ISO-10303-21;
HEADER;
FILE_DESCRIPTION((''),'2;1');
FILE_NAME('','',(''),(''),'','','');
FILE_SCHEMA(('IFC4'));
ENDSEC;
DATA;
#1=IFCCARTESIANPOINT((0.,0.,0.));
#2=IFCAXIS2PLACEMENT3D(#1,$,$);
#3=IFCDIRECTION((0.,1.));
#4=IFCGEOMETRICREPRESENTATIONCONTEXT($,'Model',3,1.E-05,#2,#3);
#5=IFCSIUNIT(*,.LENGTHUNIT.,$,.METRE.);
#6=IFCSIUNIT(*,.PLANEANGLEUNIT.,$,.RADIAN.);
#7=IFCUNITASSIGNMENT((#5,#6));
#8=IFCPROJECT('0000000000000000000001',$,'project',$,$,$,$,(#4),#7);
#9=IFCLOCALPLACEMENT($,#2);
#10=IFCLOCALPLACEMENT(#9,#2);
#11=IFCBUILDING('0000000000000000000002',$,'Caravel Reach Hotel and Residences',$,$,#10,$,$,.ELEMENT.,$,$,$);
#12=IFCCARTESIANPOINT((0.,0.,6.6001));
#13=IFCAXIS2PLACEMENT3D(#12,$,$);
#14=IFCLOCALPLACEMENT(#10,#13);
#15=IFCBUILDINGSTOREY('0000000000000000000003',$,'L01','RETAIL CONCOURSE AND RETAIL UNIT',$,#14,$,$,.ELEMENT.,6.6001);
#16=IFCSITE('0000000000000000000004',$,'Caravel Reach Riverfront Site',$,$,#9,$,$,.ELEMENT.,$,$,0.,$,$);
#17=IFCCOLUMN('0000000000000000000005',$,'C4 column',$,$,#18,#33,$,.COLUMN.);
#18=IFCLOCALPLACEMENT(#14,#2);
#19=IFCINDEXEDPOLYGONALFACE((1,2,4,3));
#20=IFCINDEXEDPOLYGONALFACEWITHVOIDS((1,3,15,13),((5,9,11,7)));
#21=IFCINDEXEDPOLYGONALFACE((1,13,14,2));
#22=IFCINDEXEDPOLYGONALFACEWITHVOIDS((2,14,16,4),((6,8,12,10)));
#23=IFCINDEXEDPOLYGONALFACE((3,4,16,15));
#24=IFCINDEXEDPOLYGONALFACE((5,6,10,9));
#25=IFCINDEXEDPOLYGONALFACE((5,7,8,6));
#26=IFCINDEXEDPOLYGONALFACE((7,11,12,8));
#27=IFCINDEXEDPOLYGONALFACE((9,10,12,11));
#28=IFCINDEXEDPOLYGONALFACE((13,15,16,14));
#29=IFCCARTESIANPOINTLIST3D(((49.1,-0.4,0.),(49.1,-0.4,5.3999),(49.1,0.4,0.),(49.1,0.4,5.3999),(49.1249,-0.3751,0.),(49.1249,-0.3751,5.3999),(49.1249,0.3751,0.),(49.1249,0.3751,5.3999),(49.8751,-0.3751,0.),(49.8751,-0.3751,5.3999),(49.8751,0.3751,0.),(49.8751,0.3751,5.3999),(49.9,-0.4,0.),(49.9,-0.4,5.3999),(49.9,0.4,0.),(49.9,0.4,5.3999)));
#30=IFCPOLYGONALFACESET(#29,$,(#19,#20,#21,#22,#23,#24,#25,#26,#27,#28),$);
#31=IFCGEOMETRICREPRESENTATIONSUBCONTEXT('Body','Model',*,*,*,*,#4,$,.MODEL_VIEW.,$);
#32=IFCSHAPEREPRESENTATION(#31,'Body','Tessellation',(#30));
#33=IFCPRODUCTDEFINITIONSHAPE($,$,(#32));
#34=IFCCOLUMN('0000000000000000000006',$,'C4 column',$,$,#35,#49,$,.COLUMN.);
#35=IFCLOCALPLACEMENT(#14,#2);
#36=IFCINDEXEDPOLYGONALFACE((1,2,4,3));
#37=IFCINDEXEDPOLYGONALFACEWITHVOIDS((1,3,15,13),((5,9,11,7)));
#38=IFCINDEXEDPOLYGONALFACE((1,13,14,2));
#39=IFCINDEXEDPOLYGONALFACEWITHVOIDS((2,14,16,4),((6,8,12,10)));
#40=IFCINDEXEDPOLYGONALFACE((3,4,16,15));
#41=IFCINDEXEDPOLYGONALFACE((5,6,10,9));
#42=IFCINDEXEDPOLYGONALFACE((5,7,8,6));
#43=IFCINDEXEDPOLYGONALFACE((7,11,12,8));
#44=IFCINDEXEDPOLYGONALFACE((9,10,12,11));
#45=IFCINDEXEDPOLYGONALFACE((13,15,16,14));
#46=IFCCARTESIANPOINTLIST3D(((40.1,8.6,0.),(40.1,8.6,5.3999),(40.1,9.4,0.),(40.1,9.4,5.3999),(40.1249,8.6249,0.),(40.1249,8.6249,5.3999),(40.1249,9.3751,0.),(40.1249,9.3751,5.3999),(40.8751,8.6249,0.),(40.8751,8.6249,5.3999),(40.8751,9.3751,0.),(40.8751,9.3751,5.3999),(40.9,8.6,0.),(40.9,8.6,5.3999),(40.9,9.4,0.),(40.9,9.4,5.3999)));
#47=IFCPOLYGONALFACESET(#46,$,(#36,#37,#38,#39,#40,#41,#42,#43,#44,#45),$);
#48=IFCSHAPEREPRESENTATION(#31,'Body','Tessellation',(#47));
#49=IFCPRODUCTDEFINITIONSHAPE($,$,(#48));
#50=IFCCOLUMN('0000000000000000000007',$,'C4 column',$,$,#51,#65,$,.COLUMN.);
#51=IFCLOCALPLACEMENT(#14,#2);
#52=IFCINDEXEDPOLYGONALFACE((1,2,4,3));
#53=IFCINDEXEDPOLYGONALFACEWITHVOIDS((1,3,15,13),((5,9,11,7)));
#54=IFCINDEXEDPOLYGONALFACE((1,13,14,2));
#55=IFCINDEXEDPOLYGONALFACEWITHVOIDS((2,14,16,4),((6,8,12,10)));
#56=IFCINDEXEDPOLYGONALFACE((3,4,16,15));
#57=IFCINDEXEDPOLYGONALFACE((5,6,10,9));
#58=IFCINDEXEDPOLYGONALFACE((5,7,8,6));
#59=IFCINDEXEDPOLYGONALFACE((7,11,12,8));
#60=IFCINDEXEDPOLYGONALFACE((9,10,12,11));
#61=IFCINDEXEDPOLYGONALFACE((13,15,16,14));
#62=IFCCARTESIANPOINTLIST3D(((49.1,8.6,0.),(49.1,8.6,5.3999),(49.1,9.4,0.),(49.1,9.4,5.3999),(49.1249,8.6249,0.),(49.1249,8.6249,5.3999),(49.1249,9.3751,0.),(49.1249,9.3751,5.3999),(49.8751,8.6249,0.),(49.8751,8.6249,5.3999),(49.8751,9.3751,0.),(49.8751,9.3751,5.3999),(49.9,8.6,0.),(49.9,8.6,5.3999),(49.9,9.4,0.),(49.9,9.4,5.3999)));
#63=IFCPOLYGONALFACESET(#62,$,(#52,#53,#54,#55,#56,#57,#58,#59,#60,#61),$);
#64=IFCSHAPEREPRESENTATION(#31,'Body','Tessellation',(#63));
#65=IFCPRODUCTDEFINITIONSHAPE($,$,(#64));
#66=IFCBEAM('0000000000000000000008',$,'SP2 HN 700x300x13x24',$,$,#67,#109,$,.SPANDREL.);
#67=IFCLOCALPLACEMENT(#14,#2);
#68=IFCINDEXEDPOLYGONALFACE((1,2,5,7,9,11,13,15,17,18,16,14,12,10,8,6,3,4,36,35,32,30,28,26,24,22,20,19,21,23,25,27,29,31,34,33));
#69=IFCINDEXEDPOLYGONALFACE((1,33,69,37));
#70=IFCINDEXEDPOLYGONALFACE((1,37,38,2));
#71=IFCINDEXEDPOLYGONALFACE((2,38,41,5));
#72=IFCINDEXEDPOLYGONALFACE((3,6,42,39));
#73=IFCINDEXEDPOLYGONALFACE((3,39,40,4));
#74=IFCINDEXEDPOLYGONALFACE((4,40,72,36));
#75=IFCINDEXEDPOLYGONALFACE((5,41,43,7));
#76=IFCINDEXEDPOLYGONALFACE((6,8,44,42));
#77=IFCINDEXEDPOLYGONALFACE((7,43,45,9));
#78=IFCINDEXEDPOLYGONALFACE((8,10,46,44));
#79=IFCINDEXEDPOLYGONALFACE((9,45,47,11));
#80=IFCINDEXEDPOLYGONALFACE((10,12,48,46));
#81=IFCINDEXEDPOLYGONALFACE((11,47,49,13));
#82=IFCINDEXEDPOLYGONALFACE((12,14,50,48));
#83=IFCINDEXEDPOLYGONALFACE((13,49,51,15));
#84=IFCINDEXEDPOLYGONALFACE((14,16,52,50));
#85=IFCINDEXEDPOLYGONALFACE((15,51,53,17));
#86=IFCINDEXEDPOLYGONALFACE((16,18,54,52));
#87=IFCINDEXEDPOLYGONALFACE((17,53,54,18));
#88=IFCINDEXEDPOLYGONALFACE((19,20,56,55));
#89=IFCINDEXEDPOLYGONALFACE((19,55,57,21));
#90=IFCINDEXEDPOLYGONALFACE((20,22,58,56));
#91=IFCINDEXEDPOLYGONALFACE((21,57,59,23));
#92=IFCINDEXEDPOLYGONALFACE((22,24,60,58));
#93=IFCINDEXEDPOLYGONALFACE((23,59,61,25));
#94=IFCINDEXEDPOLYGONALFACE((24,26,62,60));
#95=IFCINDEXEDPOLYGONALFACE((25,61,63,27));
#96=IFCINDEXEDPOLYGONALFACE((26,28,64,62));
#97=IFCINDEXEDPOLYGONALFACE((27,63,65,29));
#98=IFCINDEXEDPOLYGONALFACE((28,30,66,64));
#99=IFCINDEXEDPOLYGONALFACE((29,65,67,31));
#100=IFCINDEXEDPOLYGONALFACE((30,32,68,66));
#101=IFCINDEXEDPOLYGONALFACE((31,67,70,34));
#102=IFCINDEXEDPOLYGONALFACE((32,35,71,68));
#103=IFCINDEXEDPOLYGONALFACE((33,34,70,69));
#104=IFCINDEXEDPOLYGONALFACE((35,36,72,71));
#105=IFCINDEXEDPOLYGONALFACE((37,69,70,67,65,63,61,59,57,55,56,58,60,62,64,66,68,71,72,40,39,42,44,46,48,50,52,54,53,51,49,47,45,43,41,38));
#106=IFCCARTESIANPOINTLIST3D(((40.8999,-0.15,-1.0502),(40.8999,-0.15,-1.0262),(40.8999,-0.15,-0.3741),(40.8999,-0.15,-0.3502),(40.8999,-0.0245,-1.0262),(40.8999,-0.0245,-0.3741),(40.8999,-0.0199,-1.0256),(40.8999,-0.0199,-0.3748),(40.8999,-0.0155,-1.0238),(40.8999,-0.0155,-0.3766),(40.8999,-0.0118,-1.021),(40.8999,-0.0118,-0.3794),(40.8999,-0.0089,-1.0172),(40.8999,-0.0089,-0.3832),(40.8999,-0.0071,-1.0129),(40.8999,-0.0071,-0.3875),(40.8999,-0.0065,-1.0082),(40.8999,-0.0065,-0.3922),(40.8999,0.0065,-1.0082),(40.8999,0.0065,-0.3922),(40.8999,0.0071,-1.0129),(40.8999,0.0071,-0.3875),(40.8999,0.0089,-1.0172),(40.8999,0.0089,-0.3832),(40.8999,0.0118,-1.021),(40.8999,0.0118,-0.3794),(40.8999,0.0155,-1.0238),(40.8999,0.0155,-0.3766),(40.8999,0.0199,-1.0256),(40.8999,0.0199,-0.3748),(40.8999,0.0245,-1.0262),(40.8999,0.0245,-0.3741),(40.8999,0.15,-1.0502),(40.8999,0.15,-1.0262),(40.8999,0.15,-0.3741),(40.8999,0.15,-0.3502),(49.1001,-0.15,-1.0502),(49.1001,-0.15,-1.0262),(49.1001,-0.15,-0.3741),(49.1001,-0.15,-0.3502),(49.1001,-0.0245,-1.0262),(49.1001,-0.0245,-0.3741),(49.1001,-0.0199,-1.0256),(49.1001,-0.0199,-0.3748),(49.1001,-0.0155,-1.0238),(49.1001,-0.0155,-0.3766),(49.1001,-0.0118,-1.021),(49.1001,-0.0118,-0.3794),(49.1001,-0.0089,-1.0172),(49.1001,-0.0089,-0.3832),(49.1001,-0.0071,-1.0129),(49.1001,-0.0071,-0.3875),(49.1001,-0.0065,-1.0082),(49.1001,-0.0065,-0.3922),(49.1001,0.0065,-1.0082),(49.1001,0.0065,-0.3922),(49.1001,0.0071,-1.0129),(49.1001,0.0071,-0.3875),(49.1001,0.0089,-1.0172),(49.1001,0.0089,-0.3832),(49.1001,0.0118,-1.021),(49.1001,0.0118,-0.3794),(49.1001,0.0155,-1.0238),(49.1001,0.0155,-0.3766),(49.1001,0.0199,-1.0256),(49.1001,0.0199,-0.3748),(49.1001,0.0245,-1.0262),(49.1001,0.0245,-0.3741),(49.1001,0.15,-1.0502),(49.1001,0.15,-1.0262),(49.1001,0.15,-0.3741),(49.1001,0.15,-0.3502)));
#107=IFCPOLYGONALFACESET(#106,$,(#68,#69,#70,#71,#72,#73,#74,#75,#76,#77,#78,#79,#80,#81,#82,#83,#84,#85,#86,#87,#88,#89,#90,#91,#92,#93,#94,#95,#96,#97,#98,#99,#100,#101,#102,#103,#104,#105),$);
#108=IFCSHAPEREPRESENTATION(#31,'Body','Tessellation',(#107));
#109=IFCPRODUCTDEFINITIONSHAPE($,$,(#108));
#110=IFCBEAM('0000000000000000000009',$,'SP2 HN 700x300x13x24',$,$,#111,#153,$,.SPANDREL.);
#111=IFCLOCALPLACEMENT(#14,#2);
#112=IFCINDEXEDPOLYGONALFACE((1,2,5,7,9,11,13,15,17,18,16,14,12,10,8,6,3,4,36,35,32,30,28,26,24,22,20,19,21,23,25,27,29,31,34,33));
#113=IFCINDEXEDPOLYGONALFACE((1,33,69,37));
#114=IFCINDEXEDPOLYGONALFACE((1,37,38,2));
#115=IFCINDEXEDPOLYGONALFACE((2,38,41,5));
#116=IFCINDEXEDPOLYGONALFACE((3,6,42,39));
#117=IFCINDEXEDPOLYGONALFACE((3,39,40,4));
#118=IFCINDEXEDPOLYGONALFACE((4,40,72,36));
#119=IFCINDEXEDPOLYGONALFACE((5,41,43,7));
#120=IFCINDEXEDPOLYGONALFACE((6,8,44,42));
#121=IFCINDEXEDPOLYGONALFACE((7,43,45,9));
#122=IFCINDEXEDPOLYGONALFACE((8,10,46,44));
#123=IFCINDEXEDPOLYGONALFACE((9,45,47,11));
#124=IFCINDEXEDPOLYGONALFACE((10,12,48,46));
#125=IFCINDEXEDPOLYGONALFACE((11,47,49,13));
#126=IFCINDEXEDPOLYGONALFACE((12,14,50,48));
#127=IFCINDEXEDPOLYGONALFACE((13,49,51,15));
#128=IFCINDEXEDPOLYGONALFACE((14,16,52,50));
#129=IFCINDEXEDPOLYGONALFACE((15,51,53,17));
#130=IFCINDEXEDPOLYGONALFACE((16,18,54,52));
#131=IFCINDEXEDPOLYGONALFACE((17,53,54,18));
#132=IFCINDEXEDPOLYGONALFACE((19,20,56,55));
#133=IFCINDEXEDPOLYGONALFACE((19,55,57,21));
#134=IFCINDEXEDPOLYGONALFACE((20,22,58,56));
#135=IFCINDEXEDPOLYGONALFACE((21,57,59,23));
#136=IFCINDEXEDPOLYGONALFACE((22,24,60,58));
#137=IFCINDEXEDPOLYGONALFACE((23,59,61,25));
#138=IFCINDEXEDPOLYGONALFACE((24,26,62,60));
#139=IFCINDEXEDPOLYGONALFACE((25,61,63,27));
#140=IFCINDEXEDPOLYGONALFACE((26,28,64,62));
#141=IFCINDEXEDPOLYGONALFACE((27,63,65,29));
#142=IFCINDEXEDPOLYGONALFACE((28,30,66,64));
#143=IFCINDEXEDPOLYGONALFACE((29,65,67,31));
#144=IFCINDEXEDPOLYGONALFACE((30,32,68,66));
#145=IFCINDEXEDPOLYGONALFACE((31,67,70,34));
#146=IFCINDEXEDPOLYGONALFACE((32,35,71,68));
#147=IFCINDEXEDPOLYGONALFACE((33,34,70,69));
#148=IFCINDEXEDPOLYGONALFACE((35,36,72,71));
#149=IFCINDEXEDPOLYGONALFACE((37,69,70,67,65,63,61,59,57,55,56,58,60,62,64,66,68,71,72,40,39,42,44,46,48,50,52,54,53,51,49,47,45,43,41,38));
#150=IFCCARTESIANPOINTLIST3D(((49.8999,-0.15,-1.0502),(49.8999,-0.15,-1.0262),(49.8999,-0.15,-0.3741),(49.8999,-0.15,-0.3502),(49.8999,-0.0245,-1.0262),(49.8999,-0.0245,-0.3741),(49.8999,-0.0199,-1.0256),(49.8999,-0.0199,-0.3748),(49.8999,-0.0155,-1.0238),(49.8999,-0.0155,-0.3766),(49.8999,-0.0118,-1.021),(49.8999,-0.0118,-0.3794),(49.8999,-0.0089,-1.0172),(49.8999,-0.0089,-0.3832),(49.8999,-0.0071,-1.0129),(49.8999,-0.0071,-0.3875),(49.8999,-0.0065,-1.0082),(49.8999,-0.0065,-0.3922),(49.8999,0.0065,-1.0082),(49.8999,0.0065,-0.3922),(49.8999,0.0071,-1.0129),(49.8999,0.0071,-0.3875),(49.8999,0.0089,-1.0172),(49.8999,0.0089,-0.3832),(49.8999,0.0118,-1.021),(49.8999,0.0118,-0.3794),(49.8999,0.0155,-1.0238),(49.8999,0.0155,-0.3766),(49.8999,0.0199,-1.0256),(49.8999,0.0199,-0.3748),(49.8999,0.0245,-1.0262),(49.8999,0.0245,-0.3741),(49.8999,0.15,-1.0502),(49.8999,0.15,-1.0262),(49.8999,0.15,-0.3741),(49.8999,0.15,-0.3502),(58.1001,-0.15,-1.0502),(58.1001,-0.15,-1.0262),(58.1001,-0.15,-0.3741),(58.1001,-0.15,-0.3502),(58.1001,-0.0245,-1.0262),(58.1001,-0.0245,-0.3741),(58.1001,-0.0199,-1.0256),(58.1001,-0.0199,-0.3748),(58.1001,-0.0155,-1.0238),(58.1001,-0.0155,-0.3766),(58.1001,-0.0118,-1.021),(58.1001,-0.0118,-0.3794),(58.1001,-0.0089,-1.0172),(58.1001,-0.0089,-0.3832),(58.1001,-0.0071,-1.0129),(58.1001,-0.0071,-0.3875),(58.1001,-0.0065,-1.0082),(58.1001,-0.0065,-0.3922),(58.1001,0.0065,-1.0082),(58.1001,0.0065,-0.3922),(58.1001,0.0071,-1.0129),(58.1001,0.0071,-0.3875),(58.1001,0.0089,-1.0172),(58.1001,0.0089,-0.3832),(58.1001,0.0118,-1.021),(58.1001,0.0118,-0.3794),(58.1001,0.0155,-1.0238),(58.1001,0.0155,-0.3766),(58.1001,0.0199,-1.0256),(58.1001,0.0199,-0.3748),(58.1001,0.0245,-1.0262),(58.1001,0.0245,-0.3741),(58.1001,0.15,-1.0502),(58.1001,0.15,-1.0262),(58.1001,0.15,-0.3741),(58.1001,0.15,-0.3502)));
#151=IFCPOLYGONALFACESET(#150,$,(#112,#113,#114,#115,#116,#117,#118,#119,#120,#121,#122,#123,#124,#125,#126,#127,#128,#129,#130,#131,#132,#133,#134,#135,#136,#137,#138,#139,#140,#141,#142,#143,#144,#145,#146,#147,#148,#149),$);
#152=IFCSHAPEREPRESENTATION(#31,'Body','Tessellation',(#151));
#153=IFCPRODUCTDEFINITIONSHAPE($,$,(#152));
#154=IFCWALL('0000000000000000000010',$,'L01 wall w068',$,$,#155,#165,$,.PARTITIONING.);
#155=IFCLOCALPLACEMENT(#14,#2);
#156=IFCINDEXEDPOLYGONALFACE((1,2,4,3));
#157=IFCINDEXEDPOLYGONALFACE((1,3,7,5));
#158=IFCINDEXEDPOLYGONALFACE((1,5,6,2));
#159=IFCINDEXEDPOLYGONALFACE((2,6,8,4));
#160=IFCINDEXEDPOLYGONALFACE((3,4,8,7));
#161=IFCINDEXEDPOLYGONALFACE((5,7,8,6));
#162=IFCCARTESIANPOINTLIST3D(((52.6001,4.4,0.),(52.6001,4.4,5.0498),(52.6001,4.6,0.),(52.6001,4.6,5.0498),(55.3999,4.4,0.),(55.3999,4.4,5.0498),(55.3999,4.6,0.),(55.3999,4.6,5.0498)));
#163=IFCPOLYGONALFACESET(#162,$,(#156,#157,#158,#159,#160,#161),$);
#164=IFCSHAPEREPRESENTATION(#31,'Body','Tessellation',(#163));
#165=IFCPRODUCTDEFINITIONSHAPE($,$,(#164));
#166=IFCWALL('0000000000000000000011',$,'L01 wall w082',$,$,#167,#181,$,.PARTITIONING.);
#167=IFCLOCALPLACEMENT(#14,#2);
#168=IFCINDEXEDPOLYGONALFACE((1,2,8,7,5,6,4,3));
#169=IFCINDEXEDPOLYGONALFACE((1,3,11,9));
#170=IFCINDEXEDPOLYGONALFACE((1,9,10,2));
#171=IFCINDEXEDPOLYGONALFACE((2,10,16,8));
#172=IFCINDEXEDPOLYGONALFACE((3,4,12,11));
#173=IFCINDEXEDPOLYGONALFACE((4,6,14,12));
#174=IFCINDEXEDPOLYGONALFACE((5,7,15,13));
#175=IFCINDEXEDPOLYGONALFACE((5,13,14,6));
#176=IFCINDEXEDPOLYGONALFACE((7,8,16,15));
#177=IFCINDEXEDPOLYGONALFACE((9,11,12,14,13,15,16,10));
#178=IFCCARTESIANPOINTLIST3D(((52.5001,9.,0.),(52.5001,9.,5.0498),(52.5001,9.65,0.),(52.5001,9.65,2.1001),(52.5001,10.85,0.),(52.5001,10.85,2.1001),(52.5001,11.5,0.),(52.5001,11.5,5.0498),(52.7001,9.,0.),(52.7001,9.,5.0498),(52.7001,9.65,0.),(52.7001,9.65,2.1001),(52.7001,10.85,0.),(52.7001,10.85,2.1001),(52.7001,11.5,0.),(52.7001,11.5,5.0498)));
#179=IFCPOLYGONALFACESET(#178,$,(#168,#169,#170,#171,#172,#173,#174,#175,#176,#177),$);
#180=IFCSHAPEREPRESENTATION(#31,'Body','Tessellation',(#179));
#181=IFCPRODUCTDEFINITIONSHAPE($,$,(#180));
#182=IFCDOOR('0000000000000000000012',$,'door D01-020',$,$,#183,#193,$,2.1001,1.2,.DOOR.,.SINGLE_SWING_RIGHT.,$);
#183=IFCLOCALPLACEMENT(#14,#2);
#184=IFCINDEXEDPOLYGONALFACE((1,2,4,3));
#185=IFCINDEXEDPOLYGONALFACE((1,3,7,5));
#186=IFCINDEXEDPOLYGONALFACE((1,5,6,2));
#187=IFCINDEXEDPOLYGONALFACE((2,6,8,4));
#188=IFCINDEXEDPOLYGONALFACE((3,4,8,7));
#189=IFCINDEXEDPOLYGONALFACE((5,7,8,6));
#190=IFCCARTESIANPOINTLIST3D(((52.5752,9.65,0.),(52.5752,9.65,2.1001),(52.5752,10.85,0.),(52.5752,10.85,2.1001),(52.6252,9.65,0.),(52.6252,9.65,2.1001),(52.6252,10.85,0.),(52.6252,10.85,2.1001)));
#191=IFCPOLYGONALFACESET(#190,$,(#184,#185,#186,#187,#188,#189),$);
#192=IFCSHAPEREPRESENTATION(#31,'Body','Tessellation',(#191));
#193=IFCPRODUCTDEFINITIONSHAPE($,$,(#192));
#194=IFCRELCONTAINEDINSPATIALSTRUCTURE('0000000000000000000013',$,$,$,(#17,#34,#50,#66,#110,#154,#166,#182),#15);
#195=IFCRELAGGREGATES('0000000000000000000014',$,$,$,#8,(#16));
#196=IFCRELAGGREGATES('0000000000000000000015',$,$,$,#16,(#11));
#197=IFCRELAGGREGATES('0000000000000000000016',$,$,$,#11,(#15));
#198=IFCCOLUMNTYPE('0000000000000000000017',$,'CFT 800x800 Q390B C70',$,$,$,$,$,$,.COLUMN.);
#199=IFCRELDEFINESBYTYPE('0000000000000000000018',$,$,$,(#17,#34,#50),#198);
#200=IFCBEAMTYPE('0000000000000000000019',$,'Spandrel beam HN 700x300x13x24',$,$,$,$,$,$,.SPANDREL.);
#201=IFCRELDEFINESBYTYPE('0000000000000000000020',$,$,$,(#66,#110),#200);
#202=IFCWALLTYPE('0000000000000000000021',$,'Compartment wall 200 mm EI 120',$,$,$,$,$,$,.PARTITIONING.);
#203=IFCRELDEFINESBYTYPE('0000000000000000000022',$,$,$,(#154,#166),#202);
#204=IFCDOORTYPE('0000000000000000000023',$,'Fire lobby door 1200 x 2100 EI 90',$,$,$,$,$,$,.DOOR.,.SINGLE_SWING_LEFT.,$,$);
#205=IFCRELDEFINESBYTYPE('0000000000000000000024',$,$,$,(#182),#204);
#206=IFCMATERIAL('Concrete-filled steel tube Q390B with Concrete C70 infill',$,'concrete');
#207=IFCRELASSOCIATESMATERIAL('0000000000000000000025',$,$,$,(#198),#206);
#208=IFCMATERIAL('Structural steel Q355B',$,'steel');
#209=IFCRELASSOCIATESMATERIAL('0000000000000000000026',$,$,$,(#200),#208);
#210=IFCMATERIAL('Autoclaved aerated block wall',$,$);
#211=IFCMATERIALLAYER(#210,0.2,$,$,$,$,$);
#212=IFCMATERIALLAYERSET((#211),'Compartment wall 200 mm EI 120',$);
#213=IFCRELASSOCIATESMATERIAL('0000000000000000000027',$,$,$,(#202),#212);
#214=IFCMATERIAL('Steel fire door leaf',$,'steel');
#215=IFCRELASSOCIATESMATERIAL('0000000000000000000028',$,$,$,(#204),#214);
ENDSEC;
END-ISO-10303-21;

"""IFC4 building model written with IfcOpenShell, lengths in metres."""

from ifc_helpers import new_model, si_unit, direction, frame, frame_2d, origin, origin_2d, place, context, subcontext, project, spatial, rectangle, hollow_rectangle, i_section, extrude, material, layer, layer_set, material_profile, profile_set, type_object, element, fill, save


model = new_model("IFC4")

# Units and contexts
model_context = context("Model", 3, precision=1e-05, world=origin(), true_north=direction((0.0, 1.0)))
body_context = subcontext(model_context, "Body", "Model", "MODEL_VIEW")
ifc_project = project(units=[si_unit("LENGTHUNIT", "METRE"), si_unit("PLANEANGLEUNIT", "RADIAN")], contexts=[model_context])

# Site, building, storey
site_placement = place(None, origin())
site = spatial("IfcSite", under=ifc_project, at=site_placement, Name="Caravel Reach Riverfront Site", CompositionType="ELEMENT", RefElevation=0.0)
building_placement = place(site_placement, origin())
building = spatial("IfcBuilding", under=site, at=building_placement, Name="Caravel Reach Hotel and Residences", CompositionType="ELEMENT")
storey_placement = place(building_placement, frame((0.0, 0.0, 6.6001)))
storey = spatial("IfcBuildingStorey", under=building, at=storey_placement, Name="L01", Description="RETAIL CONCOURSE AND RETAIL UNIT", CompositionType="ELEMENT", Elevation=6.6001)

# Columns
ifc_material_1 = material(Name="Concrete-filled steel tube Q390B with Concrete C70 infill", Category="concrete")
ifc_material_profile_1 = material_profile(ifc_material_1, hollow_rectangle(XDim=0.8, YDim=0.8, WallThickness=0.0249, at=origin_2d()), Name="RHS 800x800x25")
ifc_profile_set_1 = profile_set([ifc_material_profile_1], Name="Concrete-filled steel tube Q390B with Concrete C70 infill")
column_type = type_object("IfcColumnType", Name="CFT 800x800 Q390B C70", PredefinedType="COLUMN", material=ifc_profile_set_1)
for number, where, z_axis, x_axis, name in (
    (1, (49.5, 0.0, 0.0), (0.0, 0.0, 1.0), (1.0, 0.0, 0.0), "C4 column"),
    (2, (40.5, 9.0, 0.0), (0.0, 0.0, 1.0), (1.0, 0.0, 0.0), "C4 column"),
    (3, (49.5, 9.0, 0.0), (0.0, 0.0, 1.0), (1.0, 0.0, 0.0), "C4 column"),
):
    element("IfcColumn", number, at=place(storey_placement, frame(where, z_axis=z_axis, x_axis=x_axis)), inside=storey, type_object=column_type, Name=name, PredefinedType="COLUMN", context=body_context, shape_type="SweptSolid", body=[
        extrude(hollow_rectangle(XDim=0.8, YDim=0.8, WallThickness=0.0249, at=origin_2d()), origin(), (0.0, 0.0, 1.0), 5.3999),
    ])

# Beams
ifc_material_2 = material(Name="Structural steel Q355B", Category="steel")
ifc_material_profile_2 = material_profile(ifc_material_2, i_section(OverallWidth=0.3, OverallDepth=0.7, WebThickness=0.0129, FlangeThickness=0.0239, FilletRadius=0.0181, at=origin_2d()), Name="HN 700x300x13x24")
ifc_profile_set_2 = profile_set([ifc_material_profile_2], Name="Structural steel Q355B")
beam_type = type_object("IfcBeamType", Name="Spandrel beam HN 700x300x13x24", PredefinedType="SPANDREL", material=ifc_profile_set_2)
for number, where, z_axis, x_axis, name in (
    (4, (40.8999, 0.0, -0.7002), (1.0, 0.0, 0.0), (0.0, 1.0, 0.0), "SP2 HN 700x300x13x24"),
    (5, (49.8999, 0.0, -0.7002), (1.0, 0.0, 0.0), (0.0, 1.0, 0.0), "SP2 HN 700x300x13x24"),
):
    element("IfcBeam", number, at=place(storey_placement, frame(where, z_axis=z_axis, x_axis=x_axis)), inside=storey, type_object=beam_type, Name=name, PredefinedType="SPANDREL", context=body_context, shape_type="SweptSolid", body=[
        extrude(i_section(OverallWidth=0.3, OverallDepth=0.7, WebThickness=0.0129, FlangeThickness=0.0239, FilletRadius=0.0181, at=origin_2d()), origin(), (0.0, 0.0, 1.0), 8.2002),
    ])

# Wall
ifc_material_3 = material(Name="Autoclaved aerated block wall")
ifc_layer_1 = layer(ifc_material_3, 0.2)
ifc_layer_set_1 = layer_set([ifc_layer_1], Name="Compartment wall 200 mm EI 120")
wall_type_1 = type_object("IfcWallType", Name="Compartment wall 200 mm EI 120", PredefinedType="PARTITIONING", material=ifc_layer_set_1)
wall_1_placement = place(storey_placement, frame((52.6001, 4.5, 0.0), z_axis=(0.0, 0.0, 1.0), x_axis=(1.0, 0.0, 0.0)))
element("IfcWall", 6, at=wall_1_placement, inside=storey, type_object=wall_type_1, Name="L01 wall w068", PredefinedType="PARTITIONING", context=body_context, shape_type="SweptSolid", body=[
    extrude(rectangle(XDim=2.7998, YDim=0.2, at=frame_2d((1.3999, 0.0))), origin(), (0.0, 0.0, 1.0), 5.0498),
])

# Wall, opening, door
wall_2_placement = place(storey_placement, frame((52.6001, 9.0, 0.0), z_axis=(0.0, 0.0, 1.0), x_axis=(0.0, 1.0, 0.0)))
wall_2 = element("IfcWall", 7, at=wall_2_placement, inside=storey, type_object=wall_type_1, Name="L01 wall w082", PredefinedType="PARTITIONING", context=body_context, shape_type="SweptSolid", body=[
    extrude(rectangle(XDim=2.5, YDim=0.2, at=frame_2d((1.25, 0.0))), origin(), (0.0, 0.0, 1.0), 5.0498),
])
opening_1_placement = place(wall_2_placement, frame((0.6499, 0.0, 0.0)))
opening_1 = element("IfcOpeningElement", 8, at=opening_1_placement, cuts=wall_2, PredefinedType="OPENING", context=body_context, shape_type="SweptSolid", body=[
    extrude(rectangle(XDim=1.2, YDim=2.1001, at=frame_2d((0.6001, 1.05))), frame((0.0, 0.1099, 0.0), z_axis=(0.0, -1.0, 0.0), x_axis=(1.0, 0.0, 0.0)), (0.0, 0.0, 1.0), 0.22),
])
ifc_material_4 = material(Name="Steel fire door leaf", Category="steel")
door_type_1 = type_object("IfcDoorType", Name="Fire lobby door 1200 x 2100 EI 90", OperationType="SINGLE_SWING_LEFT", PredefinedType="DOOR", material=ifc_material_4)
door_1_placement = place(opening_1_placement, origin())
door_1 = element("IfcDoor", 9, at=door_1_placement, inside=storey, type_object=door_type_1, Name="door D01-020", OperationType="SINGLE_SWING_RIGHT", OverallHeight=2.1001, OverallWidth=1.2, PredefinedType="DOOR", context=body_context, shape_type="SweptSolid", body=[
    extrude(rectangle(XDim=1.2, YDim=2.1001, at=frame_2d((0.6001, 1.05))), frame((0.0, 0.0249, 0.0), z_axis=(0.0, -1.0, 0.0), x_axis=(1.0, 0.0, 0.0)), (0.0, 0.0, 1.0), 0.05),
])
fill(opening_1, door_1)

save(model, "model.ifc")
